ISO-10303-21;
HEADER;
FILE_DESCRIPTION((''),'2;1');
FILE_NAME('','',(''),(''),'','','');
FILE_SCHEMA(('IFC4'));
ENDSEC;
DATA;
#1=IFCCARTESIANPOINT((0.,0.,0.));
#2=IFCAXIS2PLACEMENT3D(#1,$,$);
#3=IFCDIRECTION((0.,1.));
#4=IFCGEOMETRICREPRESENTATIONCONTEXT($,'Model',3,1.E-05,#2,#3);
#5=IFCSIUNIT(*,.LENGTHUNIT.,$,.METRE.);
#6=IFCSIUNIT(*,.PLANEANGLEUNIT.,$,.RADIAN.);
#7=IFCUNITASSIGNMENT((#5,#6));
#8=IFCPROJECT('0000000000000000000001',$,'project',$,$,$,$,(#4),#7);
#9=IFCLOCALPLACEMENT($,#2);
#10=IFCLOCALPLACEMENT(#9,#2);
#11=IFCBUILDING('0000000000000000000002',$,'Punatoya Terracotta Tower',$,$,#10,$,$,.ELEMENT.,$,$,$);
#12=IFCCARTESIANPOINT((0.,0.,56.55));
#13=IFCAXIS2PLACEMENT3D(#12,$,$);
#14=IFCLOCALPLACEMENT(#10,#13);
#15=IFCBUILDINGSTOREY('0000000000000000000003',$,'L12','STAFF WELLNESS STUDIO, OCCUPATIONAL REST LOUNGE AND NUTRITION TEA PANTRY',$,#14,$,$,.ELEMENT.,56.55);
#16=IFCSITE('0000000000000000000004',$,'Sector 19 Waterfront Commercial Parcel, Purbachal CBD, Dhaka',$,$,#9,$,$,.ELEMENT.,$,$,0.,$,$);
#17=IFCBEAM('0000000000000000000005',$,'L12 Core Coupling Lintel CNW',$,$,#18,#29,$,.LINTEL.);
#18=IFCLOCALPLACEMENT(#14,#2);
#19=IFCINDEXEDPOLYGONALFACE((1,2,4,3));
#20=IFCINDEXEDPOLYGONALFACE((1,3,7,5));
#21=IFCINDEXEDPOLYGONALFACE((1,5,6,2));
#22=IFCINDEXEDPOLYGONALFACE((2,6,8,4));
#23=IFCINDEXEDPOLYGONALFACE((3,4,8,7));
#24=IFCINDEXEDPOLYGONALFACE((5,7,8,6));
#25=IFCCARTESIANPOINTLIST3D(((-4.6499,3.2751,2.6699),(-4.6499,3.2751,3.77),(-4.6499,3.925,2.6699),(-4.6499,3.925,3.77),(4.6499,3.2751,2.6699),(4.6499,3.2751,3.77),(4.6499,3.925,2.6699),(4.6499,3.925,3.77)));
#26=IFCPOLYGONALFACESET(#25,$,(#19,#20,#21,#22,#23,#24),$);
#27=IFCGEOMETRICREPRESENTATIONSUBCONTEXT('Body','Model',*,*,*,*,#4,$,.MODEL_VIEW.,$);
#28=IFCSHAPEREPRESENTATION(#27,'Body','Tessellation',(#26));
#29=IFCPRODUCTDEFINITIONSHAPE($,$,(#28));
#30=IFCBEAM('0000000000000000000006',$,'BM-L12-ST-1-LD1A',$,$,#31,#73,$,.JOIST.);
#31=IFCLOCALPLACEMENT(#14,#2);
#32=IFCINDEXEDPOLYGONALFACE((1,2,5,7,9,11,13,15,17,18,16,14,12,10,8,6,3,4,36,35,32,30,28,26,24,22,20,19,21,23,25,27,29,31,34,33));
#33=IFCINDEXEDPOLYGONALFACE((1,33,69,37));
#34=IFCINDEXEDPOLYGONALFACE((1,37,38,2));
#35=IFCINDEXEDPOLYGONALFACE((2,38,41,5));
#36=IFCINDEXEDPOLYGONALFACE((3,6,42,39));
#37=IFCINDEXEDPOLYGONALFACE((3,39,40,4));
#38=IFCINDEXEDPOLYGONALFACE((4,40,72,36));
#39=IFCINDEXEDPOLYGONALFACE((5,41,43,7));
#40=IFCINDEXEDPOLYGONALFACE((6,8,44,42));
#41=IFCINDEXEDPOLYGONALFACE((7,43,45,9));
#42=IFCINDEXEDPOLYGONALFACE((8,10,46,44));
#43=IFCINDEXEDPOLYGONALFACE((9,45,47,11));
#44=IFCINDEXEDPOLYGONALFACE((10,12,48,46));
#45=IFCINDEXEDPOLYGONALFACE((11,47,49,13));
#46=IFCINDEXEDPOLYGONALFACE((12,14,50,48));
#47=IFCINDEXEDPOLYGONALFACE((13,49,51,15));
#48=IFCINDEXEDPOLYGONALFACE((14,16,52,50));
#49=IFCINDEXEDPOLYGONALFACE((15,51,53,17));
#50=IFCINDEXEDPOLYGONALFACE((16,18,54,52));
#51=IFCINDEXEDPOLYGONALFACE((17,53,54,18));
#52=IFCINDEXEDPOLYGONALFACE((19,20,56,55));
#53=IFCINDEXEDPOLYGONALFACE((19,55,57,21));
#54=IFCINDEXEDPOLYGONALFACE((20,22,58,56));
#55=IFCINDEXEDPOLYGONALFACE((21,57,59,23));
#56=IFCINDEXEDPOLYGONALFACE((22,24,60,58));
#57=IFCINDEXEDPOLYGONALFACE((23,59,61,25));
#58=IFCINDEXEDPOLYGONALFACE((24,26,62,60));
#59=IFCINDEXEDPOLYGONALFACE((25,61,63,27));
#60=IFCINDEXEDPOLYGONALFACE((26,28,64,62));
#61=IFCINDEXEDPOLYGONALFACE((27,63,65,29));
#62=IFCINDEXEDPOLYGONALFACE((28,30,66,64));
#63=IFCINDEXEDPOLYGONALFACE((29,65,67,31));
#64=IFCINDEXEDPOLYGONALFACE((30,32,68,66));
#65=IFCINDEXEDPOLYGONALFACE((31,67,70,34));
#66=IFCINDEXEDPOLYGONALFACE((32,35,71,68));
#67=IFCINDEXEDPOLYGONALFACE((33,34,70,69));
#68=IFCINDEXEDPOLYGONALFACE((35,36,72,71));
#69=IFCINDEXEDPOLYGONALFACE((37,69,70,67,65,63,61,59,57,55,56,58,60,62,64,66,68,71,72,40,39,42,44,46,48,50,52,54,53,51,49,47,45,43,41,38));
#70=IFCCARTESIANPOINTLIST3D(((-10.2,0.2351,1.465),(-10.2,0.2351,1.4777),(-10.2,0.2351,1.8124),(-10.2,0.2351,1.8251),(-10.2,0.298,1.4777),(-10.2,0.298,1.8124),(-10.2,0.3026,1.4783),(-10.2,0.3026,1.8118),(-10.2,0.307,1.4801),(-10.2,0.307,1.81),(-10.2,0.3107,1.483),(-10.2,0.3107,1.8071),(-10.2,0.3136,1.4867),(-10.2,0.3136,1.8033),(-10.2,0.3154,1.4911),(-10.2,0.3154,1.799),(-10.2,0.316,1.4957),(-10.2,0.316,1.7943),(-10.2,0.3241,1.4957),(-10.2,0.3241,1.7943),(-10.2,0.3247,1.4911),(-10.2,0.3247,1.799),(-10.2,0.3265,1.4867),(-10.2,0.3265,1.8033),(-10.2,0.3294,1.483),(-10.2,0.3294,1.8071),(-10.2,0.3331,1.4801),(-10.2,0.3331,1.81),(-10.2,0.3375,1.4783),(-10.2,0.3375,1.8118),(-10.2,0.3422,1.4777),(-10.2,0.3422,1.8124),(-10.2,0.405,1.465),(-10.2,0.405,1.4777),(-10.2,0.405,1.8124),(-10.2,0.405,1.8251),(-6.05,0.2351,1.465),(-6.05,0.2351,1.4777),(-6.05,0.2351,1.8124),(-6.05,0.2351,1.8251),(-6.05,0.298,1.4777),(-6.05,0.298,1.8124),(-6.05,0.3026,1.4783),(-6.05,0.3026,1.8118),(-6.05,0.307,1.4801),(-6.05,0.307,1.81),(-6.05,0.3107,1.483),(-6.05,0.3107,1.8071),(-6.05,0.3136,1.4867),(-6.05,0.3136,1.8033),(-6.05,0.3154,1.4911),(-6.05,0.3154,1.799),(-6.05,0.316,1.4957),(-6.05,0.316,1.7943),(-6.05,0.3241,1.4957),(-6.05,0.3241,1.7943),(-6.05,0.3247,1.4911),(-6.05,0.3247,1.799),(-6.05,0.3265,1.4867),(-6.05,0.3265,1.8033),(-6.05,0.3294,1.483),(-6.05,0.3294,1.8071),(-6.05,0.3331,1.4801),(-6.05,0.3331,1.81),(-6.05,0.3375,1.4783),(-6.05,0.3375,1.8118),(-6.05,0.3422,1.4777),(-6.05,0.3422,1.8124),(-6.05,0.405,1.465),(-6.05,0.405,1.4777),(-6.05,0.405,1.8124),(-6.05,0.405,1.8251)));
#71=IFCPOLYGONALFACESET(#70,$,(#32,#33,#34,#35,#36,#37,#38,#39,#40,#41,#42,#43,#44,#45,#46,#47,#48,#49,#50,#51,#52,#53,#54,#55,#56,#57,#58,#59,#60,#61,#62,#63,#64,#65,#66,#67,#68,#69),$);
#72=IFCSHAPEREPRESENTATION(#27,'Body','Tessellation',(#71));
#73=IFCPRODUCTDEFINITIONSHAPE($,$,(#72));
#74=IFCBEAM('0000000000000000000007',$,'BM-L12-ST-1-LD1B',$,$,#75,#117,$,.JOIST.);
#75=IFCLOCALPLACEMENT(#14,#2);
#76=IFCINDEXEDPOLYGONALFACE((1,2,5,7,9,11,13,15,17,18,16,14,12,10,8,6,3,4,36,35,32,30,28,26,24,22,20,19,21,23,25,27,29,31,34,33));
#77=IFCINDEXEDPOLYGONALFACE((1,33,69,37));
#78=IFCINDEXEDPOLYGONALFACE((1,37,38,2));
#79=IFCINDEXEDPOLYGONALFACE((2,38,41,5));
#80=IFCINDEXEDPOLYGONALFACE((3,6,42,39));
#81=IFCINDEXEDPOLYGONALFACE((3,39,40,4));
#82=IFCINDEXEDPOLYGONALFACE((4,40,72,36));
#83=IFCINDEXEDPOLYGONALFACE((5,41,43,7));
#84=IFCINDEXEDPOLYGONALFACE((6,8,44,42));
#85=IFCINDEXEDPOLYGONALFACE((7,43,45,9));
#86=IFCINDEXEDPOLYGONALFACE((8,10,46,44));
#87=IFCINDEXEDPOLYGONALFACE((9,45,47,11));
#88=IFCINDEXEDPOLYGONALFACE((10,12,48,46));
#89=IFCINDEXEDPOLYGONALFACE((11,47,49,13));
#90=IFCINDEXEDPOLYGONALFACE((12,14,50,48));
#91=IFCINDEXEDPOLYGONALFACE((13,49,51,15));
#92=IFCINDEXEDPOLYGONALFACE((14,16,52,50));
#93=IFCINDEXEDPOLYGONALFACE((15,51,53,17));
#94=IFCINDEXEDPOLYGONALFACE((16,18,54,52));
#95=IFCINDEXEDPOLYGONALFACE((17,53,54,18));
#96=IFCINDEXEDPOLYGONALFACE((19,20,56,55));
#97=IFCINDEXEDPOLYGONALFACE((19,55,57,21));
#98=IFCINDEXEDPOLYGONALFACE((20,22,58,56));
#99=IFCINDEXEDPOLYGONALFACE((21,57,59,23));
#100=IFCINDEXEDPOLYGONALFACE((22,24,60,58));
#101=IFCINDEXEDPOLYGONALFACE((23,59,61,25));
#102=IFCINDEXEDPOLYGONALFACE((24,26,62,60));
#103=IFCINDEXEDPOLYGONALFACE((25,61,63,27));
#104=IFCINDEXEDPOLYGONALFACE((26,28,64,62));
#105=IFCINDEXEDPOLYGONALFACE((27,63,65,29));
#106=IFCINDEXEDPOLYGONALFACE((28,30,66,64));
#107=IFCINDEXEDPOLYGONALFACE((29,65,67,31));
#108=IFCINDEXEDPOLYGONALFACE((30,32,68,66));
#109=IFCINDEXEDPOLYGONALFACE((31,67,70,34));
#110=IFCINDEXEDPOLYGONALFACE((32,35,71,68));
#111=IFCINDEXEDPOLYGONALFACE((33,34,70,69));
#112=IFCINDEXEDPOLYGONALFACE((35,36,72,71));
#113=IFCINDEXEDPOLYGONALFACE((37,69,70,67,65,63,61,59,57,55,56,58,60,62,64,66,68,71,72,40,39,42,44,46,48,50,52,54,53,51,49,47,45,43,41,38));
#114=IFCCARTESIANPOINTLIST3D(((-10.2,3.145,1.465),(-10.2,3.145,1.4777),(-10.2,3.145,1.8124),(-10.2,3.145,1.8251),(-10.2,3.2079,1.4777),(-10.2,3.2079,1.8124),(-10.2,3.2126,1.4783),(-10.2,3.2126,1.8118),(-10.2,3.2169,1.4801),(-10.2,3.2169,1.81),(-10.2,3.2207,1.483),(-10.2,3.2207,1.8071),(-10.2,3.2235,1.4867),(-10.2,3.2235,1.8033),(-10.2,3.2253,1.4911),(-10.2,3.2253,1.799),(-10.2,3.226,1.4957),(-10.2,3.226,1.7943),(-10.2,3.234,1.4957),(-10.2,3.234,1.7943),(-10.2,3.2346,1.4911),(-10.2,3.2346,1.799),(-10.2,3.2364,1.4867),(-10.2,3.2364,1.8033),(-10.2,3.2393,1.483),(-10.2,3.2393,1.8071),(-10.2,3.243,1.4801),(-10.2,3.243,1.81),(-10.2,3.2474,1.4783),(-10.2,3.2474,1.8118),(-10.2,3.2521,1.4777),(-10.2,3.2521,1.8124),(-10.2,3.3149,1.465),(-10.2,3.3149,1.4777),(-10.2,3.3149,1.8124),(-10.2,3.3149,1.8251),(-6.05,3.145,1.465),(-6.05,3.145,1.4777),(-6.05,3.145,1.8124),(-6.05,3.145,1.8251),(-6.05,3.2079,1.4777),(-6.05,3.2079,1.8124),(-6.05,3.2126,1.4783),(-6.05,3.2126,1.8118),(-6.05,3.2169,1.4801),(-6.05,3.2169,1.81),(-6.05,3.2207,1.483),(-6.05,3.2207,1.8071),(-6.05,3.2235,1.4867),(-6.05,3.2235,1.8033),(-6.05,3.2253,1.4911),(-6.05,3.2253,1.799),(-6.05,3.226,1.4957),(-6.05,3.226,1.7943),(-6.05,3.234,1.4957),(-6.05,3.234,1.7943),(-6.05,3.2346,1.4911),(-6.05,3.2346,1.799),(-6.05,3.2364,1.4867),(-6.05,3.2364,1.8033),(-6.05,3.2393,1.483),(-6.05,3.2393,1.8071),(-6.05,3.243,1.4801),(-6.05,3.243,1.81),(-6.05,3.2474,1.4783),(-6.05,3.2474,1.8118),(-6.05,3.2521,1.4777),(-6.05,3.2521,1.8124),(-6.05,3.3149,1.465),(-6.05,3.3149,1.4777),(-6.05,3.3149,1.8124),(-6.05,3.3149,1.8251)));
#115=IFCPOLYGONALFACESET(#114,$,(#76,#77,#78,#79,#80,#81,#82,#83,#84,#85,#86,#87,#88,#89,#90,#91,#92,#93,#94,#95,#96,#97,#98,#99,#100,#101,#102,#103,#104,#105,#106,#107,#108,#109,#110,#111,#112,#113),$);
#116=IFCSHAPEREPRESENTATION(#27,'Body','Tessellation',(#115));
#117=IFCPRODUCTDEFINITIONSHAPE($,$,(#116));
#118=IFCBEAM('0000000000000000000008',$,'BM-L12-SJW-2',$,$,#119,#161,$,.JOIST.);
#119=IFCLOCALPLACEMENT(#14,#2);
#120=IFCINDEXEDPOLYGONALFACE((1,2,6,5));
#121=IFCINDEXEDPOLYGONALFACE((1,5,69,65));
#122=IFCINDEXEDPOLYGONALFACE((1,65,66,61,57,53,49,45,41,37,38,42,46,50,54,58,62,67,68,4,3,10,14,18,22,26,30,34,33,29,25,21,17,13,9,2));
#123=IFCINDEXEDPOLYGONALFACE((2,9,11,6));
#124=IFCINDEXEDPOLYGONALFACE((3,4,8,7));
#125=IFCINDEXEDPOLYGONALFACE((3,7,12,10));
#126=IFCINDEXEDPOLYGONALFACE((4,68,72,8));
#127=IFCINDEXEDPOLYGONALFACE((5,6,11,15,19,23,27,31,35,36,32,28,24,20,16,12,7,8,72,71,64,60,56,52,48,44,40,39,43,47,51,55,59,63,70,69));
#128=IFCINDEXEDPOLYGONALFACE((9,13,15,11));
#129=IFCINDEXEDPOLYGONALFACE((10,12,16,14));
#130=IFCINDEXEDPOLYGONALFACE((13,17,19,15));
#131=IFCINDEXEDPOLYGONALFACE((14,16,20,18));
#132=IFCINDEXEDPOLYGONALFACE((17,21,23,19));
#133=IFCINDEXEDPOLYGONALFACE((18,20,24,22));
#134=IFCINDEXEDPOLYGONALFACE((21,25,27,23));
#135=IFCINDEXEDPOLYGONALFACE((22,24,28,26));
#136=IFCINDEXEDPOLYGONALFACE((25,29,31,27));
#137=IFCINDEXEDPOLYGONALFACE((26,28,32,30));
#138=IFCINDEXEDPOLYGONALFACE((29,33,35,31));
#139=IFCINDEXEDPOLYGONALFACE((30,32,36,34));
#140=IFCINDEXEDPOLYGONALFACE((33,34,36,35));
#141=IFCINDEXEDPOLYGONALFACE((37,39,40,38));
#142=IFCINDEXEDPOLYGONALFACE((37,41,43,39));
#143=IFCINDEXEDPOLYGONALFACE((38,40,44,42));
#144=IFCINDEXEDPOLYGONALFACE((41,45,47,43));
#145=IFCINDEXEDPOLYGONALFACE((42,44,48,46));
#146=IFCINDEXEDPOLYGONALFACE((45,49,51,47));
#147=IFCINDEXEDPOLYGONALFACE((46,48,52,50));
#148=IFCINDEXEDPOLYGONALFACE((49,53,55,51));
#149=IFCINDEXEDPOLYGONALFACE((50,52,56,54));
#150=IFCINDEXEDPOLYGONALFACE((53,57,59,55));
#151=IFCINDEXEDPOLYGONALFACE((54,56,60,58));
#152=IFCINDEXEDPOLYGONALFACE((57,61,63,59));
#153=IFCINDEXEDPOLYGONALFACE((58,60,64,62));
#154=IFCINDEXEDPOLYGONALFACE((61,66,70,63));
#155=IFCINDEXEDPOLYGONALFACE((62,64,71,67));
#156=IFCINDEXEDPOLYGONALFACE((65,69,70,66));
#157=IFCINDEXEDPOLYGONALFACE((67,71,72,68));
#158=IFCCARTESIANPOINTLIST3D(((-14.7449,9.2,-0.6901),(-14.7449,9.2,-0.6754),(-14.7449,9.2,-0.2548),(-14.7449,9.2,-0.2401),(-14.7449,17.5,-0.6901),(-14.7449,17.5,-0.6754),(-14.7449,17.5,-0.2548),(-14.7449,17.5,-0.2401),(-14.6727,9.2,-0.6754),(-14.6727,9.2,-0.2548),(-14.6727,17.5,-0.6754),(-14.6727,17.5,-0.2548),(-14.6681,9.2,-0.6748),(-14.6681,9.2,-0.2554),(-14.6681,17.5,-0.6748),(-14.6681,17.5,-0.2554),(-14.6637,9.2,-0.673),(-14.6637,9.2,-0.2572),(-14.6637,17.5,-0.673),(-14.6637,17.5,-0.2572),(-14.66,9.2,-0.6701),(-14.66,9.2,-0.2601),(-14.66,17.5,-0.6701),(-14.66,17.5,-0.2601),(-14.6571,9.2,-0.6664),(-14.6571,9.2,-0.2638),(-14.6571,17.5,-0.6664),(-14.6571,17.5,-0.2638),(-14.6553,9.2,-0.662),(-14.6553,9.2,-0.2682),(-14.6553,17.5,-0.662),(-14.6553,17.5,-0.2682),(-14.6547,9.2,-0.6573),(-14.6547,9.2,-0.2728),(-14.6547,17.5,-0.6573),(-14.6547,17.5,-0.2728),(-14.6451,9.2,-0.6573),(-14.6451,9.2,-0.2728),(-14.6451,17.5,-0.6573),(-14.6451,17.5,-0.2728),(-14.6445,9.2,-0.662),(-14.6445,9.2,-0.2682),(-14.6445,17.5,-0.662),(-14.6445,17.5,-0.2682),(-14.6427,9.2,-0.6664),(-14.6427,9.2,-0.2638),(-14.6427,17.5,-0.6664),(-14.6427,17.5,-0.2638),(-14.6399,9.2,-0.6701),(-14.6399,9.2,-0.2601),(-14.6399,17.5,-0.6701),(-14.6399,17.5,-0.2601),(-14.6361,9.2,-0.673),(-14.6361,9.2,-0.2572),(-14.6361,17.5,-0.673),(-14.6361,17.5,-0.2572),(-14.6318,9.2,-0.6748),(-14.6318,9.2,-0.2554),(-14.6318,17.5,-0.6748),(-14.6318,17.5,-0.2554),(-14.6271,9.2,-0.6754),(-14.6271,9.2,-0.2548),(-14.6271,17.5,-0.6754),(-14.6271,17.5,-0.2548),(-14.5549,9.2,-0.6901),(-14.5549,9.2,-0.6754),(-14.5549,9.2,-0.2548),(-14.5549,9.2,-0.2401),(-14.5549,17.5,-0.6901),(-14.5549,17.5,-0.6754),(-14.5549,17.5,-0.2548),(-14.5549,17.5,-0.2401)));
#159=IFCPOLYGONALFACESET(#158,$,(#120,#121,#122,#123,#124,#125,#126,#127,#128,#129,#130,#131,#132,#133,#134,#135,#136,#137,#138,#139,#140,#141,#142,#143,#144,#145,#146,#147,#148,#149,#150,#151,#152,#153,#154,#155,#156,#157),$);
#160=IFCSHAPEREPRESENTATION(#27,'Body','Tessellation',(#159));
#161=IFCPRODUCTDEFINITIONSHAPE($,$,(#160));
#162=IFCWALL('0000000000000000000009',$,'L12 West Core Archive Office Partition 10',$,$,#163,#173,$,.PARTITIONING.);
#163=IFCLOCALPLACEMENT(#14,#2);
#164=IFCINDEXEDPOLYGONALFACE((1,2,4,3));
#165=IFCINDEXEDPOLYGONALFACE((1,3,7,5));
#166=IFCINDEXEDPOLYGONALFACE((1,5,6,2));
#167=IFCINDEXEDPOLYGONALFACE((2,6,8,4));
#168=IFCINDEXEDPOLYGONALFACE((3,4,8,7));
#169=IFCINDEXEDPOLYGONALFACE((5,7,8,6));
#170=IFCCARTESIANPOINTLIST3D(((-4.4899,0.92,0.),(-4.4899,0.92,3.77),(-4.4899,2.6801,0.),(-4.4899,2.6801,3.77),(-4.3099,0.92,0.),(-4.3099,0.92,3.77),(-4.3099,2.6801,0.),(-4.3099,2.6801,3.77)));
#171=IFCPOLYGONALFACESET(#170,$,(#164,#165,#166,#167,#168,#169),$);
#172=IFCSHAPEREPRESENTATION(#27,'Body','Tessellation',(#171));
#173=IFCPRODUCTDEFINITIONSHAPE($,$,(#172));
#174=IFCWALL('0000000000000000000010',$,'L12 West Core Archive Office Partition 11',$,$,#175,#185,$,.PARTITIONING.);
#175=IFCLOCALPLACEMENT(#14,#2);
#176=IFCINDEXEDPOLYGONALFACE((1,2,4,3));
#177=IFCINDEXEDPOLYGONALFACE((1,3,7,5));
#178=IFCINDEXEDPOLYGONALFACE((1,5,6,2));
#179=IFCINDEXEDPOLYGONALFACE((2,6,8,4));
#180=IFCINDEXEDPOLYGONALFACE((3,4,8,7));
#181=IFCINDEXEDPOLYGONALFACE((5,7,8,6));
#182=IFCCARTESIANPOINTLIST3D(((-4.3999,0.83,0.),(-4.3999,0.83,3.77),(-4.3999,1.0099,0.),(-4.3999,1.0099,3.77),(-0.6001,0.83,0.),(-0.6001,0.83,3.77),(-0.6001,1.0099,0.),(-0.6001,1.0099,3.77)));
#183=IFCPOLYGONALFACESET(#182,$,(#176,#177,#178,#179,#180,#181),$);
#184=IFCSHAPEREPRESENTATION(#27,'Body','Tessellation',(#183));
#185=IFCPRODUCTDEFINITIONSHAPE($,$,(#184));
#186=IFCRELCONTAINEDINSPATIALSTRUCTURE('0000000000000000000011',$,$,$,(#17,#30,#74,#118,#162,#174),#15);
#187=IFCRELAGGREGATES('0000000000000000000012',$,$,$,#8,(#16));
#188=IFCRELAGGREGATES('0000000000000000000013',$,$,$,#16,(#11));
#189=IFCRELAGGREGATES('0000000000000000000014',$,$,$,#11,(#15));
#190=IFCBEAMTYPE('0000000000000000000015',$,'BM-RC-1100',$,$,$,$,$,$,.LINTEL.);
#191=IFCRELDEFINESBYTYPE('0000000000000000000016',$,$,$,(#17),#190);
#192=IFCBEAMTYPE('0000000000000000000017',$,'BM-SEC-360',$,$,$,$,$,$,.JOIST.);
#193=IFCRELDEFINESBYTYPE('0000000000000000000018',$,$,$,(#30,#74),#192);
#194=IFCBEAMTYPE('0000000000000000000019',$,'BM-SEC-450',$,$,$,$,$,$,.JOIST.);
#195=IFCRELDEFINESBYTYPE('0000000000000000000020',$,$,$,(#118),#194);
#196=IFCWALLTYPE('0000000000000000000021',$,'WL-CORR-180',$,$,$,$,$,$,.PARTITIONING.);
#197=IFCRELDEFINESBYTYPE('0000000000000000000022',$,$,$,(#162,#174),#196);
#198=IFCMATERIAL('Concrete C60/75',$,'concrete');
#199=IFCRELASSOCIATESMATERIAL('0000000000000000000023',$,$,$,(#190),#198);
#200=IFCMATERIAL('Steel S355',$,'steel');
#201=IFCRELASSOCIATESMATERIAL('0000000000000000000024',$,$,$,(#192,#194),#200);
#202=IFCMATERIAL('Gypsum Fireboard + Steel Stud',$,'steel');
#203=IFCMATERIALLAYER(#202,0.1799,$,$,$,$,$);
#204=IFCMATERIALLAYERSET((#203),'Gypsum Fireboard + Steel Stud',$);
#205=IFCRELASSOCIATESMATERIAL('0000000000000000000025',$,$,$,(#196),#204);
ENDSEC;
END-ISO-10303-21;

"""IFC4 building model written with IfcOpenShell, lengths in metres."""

from ifc_helpers import new_model, si_unit, direction, frame, frame_2d, origin, origin_2d, place, context, subcontext, project, spatial, rectangle, i_section, extrude, material, layer, layer_set, material_profile, profile_set, type_object, element, save


model = new_model("IFC4")

# Units and contexts
model_context = context("Model", 3, precision=1e-05, world=origin(), true_north=direction((0.0, 1.0)))
body_context = subcontext(model_context, "Body", "Model", "MODEL_VIEW")
ifc_project = project(units=[si_unit("LENGTHUNIT", "METRE"), si_unit("PLANEANGLEUNIT", "RADIAN")], contexts=[model_context])

# Site, building, storey
site_placement = place(None, origin())
site = spatial("IfcSite", under=ifc_project, at=site_placement, Name="Sector 19 Waterfront Commercial Parcel, Purbachal CBD, Dhaka", CompositionType="ELEMENT", RefElevation=0.0)
building_placement = place(site_placement, origin())
building = spatial("IfcBuilding", under=site, at=building_placement, Name="Punatoya Terracotta Tower", CompositionType="ELEMENT")
storey_placement = place(building_placement, frame((0.0, 0.0, 56.55)))
storey = spatial("IfcBuildingStorey", under=building, at=storey_placement, Name="L12", Description="STAFF WELLNESS STUDIO, OCCUPATIONAL REST LOUNGE AND NUTRITION TEA PANTRY", CompositionType="ELEMENT", Elevation=56.55)

# Beams
ifc_material_1 = material(Name="Concrete C60/75", Category="concrete")
ifc_material_profile_1 = material_profile(ifc_material_1, rectangle(XDim=0.6499, YDim=1.1001, at=origin_2d()))
ifc_profile_set_1 = profile_set([ifc_material_profile_1], Name="Concrete C60/75")
beam_type_1 = type_object("IfcBeamType", Name="BM-RC-1100", PredefinedType="LINTEL", material=ifc_profile_set_1)
beam_1_placement = place(storey_placement, frame((-4.6499, 3.6001, 3.22), z_axis=(1.0, 0.0, 0.0), x_axis=(0.0, 1.0, 0.0)))
element("IfcBeam", 1, at=beam_1_placement, inside=storey, type_object=beam_type_1, Name="L12 Core Coupling Lintel CNW", PredefinedType="LINTEL", context=body_context, shape_type="SweptSolid", body=[
    extrude(rectangle(XDim=0.6499, YDim=1.1001, at=origin_2d()), origin(), (0.0, 0.0, 1.0), 9.2998),
])
ifc_material_2 = material(Name="Steel S355", Category="steel")
ifc_material_profile_2 = material_profile(ifc_material_2, i_section(OverallWidth=0.1699, OverallDepth=0.3601, WebThickness=0.0081, FlangeThickness=0.0127, FilletRadius=0.0181, at=origin_2d()))
ifc_profile_set_2 = profile_set([ifc_material_profile_2], Name="Steel S355")
beam_type_2 = type_object("IfcBeamType", Name="BM-SEC-360", PredefinedType="JOIST", material=ifc_profile_set_2)
for number, where, z_axis, x_axis, name in (
    (2, (-10.2, 0.3201, 1.645), (1.0, 0.0, 0.0), (0.0, 1.0, 0.0), "BM-L12-ST-1-LD1A"),
    (3, (-10.2, 3.23, 1.645), (1.0, 0.0, 0.0), (0.0, 1.0, 0.0), "BM-L12-ST-1-LD1B"),
):
    element("IfcBeam", number, at=place(storey_placement, frame(where, z_axis=z_axis, x_axis=x_axis)), inside=storey, type_object=beam_type_2, Name=name, PredefinedType="JOIST", context=body_context, shape_type="SweptSolid", body=[
        extrude(i_section(OverallWidth=0.1699, OverallDepth=0.3601, WebThickness=0.0081, FlangeThickness=0.0127, FilletRadius=0.0181, at=origin_2d()), origin(), (0.0, 0.0, 1.0), 4.1499),
    ])
ifc_material_profile_3 = material_profile(ifc_material_2, i_section(OverallWidth=0.1899, OverallDepth=0.45, WebThickness=0.0095, FlangeThickness=0.0146, FilletRadius=0.0181, at=origin_2d()))
ifc_profile_set_3 = profile_set([ifc_material_profile_3], Name="Steel S355")
beam_type_3 = type_object("IfcBeamType", Name="BM-SEC-450", PredefinedType="JOIST", material=ifc_profile_set_3)
beam_2_placement = place(storey_placement, frame((-14.6499, 9.2, -0.4651), z_axis=(0.0, 1.0, 0.0), x_axis=(-1.0, 0.0, 0.0)))
element("IfcBeam", 4, at=beam_2_placement, inside=storey, type_object=beam_type_3, Name="BM-L12-SJW-2", PredefinedType="JOIST", context=body_context, shape_type="SweptSolid", body=[
    extrude(i_section(OverallWidth=0.1899, OverallDepth=0.45, WebThickness=0.0095, FlangeThickness=0.0146, FilletRadius=0.0181, at=origin_2d()), origin(), (0.0, 0.0, 1.0), 8.3),
])

# Walls
ifc_material_3 = material(Name="Gypsum Fireboard + Steel Stud", Category="steel")
ifc_layer_1 = layer(ifc_material_3, 0.1799)
ifc_layer_set_1 = layer_set([ifc_layer_1], Name="Gypsum Fireboard + Steel Stud")
wall_type_1 = type_object("IfcWallType", Name="WL-CORR-180", PredefinedType="PARTITIONING", material=ifc_layer_set_1)
wall_1_placement = place(storey_placement, frame((-4.3999, 2.6799, 0.0), z_axis=(0.0, 0.0, 1.0), x_axis=(0.0, -1.0, 0.0)))
element("IfcWall", 5, at=wall_1_placement, inside=storey, type_object=wall_type_1, Name="L12 West Core Archive Office Partition 10", PredefinedType="PARTITIONING", context=body_context, shape_type="SweptSolid", body=[
    extrude(rectangle(XDim=1.76, YDim=0.1799, at=frame_2d((0.8799, 0.0))), origin(), (0.0, 0.0, 1.0), 3.77),
])
wall_2_placement = place(storey_placement, frame((-4.3999, 0.9199, 0.0), z_axis=(0.0, 0.0, 1.0), x_axis=(1.0, 0.0, 0.0)))
element("IfcWall", 6, at=wall_2_placement, inside=storey, type_object=wall_type_1, Name="L12 West Core Archive Office Partition 11", PredefinedType="PARTITIONING", context=body_context, shape_type="SweptSolid", body=[
    extrude(rectangle(XDim=3.7998, YDim=0.1799, at=frame_2d((1.8999, 0.0))), origin(), (0.0, 0.0, 1.0), 3.77),
])

save(model, "model.ifc")
